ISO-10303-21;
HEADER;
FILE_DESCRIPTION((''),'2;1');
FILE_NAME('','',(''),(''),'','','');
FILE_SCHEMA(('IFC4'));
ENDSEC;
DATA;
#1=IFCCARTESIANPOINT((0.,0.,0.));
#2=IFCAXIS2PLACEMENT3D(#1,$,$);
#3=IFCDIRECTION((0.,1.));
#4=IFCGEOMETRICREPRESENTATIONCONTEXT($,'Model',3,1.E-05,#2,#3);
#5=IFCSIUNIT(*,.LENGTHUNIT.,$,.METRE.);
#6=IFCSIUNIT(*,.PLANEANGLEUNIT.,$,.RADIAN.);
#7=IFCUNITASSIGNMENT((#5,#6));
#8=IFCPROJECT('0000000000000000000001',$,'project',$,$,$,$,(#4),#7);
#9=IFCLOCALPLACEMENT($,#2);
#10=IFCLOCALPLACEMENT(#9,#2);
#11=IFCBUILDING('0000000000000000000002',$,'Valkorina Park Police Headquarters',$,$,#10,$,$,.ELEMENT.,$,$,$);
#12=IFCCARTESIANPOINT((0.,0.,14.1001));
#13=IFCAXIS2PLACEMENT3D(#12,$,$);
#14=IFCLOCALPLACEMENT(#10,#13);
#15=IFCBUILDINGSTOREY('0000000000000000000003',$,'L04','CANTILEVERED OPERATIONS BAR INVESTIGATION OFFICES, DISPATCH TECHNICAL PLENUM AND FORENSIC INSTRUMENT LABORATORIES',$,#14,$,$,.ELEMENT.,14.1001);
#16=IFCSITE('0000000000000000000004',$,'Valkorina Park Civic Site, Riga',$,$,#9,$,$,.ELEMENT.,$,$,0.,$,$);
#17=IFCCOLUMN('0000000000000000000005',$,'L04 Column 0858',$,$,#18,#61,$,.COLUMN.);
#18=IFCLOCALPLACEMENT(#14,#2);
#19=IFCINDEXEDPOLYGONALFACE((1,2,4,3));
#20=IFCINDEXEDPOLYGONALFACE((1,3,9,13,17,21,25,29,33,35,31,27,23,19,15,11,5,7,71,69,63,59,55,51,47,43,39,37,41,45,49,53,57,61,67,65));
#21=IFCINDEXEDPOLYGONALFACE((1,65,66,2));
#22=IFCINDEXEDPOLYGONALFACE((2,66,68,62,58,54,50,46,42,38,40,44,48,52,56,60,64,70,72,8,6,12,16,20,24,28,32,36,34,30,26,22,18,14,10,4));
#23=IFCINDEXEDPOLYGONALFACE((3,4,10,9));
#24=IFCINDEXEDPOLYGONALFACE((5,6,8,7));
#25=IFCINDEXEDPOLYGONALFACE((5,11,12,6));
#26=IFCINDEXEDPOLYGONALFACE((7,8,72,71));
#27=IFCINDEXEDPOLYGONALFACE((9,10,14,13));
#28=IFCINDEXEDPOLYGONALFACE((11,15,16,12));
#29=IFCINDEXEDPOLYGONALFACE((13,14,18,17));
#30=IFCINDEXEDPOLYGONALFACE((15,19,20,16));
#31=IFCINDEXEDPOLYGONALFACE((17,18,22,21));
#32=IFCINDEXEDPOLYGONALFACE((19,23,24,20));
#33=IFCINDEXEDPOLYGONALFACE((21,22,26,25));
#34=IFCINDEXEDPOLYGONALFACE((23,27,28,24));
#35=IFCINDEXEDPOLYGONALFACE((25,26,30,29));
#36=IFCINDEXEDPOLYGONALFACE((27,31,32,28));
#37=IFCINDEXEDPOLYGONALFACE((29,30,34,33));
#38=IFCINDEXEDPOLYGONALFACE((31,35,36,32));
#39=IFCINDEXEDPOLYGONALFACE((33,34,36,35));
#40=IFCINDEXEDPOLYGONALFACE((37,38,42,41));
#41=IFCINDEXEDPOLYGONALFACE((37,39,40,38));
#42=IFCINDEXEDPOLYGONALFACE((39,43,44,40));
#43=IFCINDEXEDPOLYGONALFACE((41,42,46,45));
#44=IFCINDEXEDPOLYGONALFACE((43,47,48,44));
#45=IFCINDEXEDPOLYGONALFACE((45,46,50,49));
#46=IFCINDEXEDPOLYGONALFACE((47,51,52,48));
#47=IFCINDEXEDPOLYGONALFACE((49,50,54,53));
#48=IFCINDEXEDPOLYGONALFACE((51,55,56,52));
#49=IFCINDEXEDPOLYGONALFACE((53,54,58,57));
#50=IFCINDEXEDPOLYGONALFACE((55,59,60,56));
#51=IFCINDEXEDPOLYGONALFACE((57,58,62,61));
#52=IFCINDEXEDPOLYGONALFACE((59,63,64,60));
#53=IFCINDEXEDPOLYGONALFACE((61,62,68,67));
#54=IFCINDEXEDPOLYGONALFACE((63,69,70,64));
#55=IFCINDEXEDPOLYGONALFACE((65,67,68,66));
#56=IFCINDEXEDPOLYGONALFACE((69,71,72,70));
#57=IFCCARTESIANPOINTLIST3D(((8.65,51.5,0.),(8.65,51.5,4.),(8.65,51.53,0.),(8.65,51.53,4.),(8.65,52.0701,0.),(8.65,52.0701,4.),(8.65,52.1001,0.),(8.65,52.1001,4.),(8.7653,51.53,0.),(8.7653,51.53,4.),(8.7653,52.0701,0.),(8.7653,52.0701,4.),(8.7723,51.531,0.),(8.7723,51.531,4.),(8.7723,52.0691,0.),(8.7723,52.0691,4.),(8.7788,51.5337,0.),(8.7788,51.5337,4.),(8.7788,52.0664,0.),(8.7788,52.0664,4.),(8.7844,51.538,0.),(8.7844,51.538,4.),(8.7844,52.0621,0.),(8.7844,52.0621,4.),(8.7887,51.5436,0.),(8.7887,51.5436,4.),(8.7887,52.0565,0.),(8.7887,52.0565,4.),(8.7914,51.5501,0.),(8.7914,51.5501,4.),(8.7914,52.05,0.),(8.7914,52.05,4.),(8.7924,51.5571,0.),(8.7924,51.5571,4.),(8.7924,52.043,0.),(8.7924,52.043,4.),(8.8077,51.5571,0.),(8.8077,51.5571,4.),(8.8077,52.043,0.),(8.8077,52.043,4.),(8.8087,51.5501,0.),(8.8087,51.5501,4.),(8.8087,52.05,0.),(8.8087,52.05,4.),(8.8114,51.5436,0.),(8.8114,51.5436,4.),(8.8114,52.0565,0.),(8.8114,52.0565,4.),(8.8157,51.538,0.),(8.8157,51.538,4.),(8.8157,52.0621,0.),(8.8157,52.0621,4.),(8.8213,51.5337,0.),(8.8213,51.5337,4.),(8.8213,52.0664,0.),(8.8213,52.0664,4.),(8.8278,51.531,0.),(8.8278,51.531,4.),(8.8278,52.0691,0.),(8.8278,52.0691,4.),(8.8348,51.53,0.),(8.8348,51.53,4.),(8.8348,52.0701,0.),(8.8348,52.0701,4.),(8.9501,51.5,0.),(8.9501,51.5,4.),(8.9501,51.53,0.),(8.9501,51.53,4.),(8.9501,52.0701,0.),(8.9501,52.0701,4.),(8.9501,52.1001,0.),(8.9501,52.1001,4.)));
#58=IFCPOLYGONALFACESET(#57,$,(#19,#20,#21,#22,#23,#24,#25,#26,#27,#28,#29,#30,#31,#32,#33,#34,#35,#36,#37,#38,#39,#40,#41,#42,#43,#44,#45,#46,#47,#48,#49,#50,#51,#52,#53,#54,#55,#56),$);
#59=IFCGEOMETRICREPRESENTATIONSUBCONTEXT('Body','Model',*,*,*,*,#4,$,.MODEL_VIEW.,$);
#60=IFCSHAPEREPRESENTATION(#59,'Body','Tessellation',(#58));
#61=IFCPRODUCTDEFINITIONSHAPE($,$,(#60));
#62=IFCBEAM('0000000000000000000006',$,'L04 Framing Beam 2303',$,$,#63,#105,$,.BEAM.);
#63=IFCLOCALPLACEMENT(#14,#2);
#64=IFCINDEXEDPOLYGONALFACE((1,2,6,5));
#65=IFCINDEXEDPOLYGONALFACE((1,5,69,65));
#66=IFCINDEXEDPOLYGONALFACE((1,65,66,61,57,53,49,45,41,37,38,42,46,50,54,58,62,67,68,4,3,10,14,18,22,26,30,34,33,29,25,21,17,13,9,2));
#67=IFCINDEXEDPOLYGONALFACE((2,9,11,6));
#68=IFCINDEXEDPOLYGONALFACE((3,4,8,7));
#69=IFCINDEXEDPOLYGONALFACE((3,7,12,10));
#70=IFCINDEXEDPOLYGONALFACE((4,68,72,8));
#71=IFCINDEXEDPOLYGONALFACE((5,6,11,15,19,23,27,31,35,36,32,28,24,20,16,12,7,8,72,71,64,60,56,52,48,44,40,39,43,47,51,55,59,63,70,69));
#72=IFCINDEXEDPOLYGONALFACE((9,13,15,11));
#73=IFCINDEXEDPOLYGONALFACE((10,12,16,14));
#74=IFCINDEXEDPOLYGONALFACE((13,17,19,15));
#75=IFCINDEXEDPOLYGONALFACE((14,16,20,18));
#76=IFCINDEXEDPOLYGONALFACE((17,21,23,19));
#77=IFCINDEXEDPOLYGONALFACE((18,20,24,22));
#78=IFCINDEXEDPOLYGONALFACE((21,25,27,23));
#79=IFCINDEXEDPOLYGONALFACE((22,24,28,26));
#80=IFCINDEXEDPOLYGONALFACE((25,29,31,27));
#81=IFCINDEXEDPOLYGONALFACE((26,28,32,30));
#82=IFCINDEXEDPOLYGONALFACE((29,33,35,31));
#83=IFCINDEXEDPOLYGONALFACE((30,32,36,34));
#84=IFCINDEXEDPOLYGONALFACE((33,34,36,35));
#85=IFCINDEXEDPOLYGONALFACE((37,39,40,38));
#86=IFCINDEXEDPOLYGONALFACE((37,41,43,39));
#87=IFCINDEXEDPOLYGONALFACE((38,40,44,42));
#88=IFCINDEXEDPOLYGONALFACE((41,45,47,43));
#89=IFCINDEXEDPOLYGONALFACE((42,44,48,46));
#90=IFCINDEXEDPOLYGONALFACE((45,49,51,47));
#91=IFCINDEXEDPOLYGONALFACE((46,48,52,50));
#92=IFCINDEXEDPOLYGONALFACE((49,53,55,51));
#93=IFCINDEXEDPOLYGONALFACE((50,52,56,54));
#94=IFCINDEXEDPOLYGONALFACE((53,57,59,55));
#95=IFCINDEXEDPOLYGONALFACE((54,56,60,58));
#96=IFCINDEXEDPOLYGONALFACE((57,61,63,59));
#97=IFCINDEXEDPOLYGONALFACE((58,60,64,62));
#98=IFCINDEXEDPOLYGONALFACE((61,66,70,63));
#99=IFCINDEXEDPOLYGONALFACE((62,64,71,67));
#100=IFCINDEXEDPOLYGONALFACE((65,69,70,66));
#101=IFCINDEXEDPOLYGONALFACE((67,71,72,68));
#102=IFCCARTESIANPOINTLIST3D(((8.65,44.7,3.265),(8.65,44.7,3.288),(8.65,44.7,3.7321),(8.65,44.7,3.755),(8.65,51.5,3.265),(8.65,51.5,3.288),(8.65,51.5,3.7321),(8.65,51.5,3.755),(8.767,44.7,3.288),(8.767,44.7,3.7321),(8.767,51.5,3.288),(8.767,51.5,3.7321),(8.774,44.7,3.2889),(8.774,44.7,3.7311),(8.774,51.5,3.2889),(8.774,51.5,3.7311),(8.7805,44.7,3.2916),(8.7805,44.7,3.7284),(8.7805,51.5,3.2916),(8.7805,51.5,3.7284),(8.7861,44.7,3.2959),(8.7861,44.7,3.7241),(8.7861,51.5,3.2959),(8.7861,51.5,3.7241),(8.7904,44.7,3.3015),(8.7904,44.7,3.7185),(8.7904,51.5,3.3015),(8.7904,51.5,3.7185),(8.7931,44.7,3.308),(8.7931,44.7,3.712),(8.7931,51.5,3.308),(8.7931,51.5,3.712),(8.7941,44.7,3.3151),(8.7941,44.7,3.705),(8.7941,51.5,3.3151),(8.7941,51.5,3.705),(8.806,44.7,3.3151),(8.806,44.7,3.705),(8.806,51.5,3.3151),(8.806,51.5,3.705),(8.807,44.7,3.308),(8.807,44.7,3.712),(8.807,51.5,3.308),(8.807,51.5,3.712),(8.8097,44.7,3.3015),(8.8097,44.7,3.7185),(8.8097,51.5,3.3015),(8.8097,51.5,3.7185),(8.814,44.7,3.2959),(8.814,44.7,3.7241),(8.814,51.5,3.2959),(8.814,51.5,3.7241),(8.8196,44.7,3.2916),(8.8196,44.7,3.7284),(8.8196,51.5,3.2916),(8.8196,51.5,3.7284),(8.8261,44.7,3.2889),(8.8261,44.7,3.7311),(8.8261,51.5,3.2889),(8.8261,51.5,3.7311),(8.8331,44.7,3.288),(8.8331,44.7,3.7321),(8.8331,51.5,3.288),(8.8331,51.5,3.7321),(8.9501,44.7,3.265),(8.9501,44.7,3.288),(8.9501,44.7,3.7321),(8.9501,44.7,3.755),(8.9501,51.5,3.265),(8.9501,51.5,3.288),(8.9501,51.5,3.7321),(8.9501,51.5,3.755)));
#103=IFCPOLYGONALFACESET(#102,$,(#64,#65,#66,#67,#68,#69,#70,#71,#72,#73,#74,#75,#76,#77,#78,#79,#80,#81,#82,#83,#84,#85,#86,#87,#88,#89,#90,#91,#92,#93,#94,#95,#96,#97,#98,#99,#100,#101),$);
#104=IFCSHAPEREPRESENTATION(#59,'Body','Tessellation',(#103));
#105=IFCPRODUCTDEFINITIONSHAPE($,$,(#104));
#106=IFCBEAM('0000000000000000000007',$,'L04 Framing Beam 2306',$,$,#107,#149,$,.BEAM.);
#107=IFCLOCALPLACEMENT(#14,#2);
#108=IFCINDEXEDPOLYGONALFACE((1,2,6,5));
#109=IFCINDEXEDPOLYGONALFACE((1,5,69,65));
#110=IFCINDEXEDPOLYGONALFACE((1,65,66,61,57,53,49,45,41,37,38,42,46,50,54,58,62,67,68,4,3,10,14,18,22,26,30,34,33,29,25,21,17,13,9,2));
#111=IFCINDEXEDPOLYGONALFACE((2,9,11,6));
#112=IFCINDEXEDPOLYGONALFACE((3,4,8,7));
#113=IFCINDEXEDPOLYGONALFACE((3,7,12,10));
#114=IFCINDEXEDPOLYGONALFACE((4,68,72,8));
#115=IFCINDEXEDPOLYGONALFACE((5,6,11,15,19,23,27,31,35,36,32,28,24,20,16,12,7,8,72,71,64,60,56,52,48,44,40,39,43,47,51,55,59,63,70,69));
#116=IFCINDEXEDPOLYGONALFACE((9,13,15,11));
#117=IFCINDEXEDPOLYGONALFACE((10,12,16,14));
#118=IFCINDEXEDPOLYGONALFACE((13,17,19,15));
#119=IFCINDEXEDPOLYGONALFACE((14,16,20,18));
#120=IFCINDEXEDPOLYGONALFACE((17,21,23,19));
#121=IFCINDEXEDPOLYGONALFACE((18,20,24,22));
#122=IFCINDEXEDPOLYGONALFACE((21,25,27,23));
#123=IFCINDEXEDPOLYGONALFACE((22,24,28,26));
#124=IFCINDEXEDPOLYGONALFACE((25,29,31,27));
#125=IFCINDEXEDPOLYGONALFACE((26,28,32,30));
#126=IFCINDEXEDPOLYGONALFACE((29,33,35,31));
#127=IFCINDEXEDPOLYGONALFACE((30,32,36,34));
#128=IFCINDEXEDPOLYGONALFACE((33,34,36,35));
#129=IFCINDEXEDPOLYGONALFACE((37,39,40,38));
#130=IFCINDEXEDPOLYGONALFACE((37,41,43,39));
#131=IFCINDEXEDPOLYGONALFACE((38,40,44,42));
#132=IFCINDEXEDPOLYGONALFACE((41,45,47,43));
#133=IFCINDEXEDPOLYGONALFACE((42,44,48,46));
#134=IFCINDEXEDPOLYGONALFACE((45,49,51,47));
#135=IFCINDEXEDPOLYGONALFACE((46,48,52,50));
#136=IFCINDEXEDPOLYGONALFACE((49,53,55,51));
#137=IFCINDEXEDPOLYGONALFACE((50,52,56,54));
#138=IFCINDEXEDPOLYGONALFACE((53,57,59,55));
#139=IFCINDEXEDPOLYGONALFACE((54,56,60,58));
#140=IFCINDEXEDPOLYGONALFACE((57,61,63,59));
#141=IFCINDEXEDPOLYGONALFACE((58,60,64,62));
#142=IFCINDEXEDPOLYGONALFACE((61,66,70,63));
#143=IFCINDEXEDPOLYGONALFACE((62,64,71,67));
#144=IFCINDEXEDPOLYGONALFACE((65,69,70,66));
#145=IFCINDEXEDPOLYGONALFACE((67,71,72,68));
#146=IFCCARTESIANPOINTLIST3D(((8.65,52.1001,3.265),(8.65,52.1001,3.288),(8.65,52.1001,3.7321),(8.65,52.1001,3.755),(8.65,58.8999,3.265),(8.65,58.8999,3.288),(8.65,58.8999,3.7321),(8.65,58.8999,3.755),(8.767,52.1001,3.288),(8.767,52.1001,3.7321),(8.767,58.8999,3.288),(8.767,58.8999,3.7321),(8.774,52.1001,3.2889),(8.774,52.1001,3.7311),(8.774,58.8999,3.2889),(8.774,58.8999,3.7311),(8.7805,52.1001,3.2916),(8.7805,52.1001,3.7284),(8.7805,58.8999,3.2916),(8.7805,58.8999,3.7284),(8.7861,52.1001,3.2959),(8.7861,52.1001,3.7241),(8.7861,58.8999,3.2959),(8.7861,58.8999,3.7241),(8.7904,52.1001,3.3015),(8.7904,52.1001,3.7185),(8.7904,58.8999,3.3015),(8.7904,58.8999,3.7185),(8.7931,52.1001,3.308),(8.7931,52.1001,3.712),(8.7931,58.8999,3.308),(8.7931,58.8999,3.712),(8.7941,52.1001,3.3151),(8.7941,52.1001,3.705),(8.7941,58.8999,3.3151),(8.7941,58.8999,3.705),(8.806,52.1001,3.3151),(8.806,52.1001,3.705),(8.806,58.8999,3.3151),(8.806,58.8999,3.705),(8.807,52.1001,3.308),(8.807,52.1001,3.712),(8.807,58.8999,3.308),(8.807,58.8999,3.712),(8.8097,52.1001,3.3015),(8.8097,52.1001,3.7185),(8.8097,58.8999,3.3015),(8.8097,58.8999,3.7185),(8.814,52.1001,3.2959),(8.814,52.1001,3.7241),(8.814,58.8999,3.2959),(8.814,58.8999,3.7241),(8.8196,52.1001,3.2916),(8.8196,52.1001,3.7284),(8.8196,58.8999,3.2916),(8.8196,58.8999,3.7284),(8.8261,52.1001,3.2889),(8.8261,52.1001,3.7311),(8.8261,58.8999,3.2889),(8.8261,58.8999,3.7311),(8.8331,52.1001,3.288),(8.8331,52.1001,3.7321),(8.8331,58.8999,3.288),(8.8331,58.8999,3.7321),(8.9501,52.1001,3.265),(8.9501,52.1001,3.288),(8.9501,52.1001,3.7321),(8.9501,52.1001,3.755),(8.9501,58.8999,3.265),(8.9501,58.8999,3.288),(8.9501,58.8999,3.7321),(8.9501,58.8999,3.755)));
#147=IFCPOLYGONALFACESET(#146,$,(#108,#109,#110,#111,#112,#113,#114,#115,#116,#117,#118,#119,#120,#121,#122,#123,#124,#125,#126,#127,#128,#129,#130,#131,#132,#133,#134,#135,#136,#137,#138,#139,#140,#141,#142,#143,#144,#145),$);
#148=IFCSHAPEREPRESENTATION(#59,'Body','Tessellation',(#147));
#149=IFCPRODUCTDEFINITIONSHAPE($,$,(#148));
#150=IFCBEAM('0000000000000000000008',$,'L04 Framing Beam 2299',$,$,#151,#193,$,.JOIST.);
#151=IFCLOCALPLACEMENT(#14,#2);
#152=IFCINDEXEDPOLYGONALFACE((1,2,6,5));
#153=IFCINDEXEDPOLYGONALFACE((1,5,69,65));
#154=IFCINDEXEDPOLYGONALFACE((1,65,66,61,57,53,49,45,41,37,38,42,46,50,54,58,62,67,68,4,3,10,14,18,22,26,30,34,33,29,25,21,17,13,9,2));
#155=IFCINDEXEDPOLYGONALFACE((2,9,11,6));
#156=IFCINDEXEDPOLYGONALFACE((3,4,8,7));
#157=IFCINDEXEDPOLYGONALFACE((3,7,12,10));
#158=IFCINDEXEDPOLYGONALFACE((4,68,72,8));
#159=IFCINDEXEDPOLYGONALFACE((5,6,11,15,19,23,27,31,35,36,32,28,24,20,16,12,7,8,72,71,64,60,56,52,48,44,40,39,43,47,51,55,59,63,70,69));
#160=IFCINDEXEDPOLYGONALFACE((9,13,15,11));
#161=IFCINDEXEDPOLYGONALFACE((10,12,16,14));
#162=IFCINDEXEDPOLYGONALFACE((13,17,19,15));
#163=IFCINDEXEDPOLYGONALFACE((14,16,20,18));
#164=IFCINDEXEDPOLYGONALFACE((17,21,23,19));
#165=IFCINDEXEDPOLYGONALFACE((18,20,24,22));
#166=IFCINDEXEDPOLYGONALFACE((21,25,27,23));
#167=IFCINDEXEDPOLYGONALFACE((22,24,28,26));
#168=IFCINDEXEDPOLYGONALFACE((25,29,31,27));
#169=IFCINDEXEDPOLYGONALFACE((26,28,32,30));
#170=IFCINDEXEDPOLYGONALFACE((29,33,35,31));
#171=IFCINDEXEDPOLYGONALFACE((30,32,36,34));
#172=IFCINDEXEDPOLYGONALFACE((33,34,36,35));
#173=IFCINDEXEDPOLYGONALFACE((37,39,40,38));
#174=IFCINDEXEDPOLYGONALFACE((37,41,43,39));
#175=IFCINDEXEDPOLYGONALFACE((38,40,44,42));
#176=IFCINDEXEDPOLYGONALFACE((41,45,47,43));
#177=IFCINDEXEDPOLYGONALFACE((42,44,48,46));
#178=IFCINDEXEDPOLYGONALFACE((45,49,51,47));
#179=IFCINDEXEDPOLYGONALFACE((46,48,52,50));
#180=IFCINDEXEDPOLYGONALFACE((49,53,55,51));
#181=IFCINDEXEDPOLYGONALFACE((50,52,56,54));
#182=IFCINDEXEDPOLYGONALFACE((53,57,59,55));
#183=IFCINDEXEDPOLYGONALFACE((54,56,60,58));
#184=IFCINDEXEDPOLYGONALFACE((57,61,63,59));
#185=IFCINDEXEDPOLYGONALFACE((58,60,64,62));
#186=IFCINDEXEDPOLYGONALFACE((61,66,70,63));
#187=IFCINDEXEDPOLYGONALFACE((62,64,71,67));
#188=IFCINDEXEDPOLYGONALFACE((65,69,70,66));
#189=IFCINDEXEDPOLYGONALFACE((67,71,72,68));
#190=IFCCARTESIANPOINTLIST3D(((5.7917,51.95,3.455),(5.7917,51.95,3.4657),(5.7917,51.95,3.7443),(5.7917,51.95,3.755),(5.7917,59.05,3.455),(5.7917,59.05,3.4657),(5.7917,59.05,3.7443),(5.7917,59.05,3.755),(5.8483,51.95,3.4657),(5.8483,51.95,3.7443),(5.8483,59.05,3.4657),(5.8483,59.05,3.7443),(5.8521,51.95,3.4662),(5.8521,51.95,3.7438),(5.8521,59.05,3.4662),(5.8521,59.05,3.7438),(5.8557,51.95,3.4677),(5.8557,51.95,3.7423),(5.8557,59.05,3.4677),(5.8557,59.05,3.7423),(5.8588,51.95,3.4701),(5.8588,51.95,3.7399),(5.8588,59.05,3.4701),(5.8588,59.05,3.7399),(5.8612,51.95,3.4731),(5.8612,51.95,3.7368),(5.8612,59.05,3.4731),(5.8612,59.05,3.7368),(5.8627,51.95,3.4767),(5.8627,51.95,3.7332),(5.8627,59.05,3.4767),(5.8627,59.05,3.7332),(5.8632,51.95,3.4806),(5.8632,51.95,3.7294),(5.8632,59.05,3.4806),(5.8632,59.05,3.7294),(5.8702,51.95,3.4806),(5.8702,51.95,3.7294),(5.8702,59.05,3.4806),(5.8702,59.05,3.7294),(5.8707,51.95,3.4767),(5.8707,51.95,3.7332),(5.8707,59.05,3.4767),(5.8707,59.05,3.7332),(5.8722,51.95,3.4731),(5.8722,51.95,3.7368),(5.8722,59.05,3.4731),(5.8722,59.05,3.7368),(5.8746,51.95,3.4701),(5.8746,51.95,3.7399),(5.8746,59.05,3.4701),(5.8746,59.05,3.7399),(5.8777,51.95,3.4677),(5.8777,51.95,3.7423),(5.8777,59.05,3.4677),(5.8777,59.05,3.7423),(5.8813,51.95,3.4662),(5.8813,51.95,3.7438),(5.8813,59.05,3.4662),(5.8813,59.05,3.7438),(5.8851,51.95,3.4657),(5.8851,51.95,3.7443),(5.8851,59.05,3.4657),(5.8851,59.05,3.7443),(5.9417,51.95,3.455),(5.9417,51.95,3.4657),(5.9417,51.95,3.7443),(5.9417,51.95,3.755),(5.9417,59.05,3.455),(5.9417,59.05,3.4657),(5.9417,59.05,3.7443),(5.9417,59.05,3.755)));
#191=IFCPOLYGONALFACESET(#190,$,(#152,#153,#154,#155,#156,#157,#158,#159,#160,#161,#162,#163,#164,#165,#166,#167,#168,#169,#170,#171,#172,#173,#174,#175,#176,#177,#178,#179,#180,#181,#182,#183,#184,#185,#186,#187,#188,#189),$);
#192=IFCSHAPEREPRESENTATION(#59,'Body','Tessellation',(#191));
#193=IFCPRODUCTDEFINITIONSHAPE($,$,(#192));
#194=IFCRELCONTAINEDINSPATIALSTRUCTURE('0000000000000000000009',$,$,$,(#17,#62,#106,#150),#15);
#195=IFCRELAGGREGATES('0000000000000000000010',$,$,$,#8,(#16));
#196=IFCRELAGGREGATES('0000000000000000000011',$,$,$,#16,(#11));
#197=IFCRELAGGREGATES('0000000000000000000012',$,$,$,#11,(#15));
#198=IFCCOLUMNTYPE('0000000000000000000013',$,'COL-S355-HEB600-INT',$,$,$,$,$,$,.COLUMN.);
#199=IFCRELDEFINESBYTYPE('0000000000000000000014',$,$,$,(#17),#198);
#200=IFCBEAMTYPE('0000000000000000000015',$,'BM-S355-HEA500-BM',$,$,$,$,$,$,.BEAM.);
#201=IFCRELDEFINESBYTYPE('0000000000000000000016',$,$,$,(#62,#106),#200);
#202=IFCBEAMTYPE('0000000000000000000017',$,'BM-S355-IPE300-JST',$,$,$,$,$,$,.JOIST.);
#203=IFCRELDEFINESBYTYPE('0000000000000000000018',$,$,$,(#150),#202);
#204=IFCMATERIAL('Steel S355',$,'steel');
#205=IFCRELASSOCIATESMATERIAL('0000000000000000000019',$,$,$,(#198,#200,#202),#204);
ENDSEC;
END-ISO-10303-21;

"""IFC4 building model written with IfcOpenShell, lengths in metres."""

from ifc_helpers import new_model, si_unit, direction, frame, origin, origin_2d, place, context, subcontext, project, spatial, i_section, extrude, material, material_profile, profile_set, type_object, element, save


model = new_model("IFC4")

# Units and contexts
model_context = context("Model", 3, precision=1e-05, world=origin(), true_north=direction((0.0, 1.0)))
body_context = subcontext(model_context, "Body", "Model", "MODEL_VIEW")
ifc_project = project(units=[si_unit("LENGTHUNIT", "METRE"), si_unit("PLANEANGLEUNIT", "RADIAN")], contexts=[model_context])

# Site, building, storey
site_placement = place(None, origin())
site = spatial("IfcSite", under=ifc_project, at=site_placement, Name="Valkorina Park Civic Site, Riga", CompositionType="ELEMENT", RefElevation=0.0)
building_placement = place(site_placement, origin())
building = spatial("IfcBuilding", under=site, at=building_placement, Name="Valkorina Park Police Headquarters", CompositionType="ELEMENT")
storey_placement = place(building_placement, frame((0.0, 0.0, 14.1001)))
storey = spatial("IfcBuildingStorey", under=building, at=storey_placement, Name="L04", Description="CANTILEVERED OPERATIONS BAR INVESTIGATION OFFICES, DISPATCH TECHNICAL PLENUM AND FORENSIC INSTRUMENT LABORATORIES", CompositionType="ELEMENT", Elevation=14.1001)

# Column
ifc_material_1 = material(Name="Steel S355", Category="steel")
ifc_material_profile_1 = material_profile(ifc_material_1, i_section(OverallWidth=0.3, OverallDepth=0.6001, WebThickness=0.0154, FlangeThickness=0.03, FilletRadius=0.0271, at=origin_2d()), Name="HEB 600")
ifc_profile_set_1 = profile_set([ifc_material_profile_1], Name="Steel S355")
column_type = type_object("IfcColumnType", Name="COL-S355-HEB600-INT", PredefinedType="COLUMN", material=ifc_profile_set_1)
column_placement = place(storey_placement, frame((8.8, 51.8, 0.0), z_axis=(0.0, 0.0, 1.0), x_axis=(1.0, 0.0, 0.0)))
element("IfcColumn", 1, at=column_placement, inside=storey, type_object=column_type, Name="L04 Column 0858", PredefinedType="COLUMN", context=body_context, shape_type="SweptSolid", body=[
    extrude(i_section(OverallWidth=0.3, OverallDepth=0.6001, WebThickness=0.0154, FlangeThickness=0.03, FilletRadius=0.0271, at=origin_2d()), origin(), (0.0, 0.0, 1.0), 4.0),
])

# Beams
ifc_material_profile_2 = material_profile(ifc_material_1, i_section(OverallWidth=0.3, OverallDepth=0.49, WebThickness=0.012, FlangeThickness=0.0229, FilletRadius=0.0271, at=origin_2d()), Name="HEA 500")
ifc_profile_set_2 = profile_set([ifc_material_profile_2], Name="Steel S355")
beam_type_1 = type_object("IfcBeamType", Name="BM-S355-HEA500-BM", PredefinedType="BEAM", material=ifc_profile_set_2)
beam_1_placement = place(storey_placement, frame((8.8, 44.7, 3.51), z_axis=(0.0, 1.0, 0.0), x_axis=(-1.0, 0.0, 0.0)))
element("IfcBeam", 2, at=beam_1_placement, inside=storey, type_object=beam_type_1, Name="L04 Framing Beam 2303", PredefinedType="BEAM", context=body_context, shape_type="SweptSolid", body=[
    extrude(i_section(OverallWidth=0.3, OverallDepth=0.49, WebThickness=0.012, FlangeThickness=0.0229, FilletRadius=0.0271, at=origin_2d()), origin(), (0.0, 0.0, 1.0), 6.8),
])
beam_2_placement = place(storey_placement, frame((8.8, 52.1001, 3.51), z_axis=(0.0, 1.0, 0.0), x_axis=(-1.0, 0.0, 0.0)))
element("IfcBeam", 3, at=beam_2_placement, inside=storey, type_object=beam_type_1, Name="L04 Framing Beam 2306", PredefinedType="BEAM", context=body_context, shape_type="SweptSolid", body=[
    extrude(i_section(OverallWidth=0.3, OverallDepth=0.49, WebThickness=0.012, FlangeThickness=0.0229, FilletRadius=0.0271, at=origin_2d()), origin(), (0.0, 0.0, 1.0), 6.7998),
])
ifc_material_profile_3 = material_profile(ifc_material_1, i_section(OverallWidth=0.1499, OverallDepth=0.3, WebThickness=0.0071, FlangeThickness=0.0107, FilletRadius=0.0149, at=origin_2d()), Name="IPE 300")
ifc_profile_set_3 = profile_set([ifc_material_profile_3], Name="Steel S355")
beam_type_2 = type_object("IfcBeamType", Name="BM-S355-IPE300-JST", PredefinedType="JOIST", material=ifc_profile_set_3)
beam_3_placement = place(storey_placement, frame((5.8667, 51.95, 3.605), z_axis=(0.0, 1.0, 0.0), x_axis=(-1.0, 0.0, 0.0)))
element("IfcBeam", 4, at=beam_3_placement, inside=storey, type_object=beam_type_2, Name="L04 Framing Beam 2299", PredefinedType="JOIST", context=body_context, shape_type="SweptSolid", body=[
    extrude(i_section(OverallWidth=0.1499, OverallDepth=0.3, WebThickness=0.0071, FlangeThickness=0.0107, FilletRadius=0.0149, at=origin_2d()), origin(), (0.0, 0.0, 1.0), 7.1001),
])

save(model, "model.ifc")
